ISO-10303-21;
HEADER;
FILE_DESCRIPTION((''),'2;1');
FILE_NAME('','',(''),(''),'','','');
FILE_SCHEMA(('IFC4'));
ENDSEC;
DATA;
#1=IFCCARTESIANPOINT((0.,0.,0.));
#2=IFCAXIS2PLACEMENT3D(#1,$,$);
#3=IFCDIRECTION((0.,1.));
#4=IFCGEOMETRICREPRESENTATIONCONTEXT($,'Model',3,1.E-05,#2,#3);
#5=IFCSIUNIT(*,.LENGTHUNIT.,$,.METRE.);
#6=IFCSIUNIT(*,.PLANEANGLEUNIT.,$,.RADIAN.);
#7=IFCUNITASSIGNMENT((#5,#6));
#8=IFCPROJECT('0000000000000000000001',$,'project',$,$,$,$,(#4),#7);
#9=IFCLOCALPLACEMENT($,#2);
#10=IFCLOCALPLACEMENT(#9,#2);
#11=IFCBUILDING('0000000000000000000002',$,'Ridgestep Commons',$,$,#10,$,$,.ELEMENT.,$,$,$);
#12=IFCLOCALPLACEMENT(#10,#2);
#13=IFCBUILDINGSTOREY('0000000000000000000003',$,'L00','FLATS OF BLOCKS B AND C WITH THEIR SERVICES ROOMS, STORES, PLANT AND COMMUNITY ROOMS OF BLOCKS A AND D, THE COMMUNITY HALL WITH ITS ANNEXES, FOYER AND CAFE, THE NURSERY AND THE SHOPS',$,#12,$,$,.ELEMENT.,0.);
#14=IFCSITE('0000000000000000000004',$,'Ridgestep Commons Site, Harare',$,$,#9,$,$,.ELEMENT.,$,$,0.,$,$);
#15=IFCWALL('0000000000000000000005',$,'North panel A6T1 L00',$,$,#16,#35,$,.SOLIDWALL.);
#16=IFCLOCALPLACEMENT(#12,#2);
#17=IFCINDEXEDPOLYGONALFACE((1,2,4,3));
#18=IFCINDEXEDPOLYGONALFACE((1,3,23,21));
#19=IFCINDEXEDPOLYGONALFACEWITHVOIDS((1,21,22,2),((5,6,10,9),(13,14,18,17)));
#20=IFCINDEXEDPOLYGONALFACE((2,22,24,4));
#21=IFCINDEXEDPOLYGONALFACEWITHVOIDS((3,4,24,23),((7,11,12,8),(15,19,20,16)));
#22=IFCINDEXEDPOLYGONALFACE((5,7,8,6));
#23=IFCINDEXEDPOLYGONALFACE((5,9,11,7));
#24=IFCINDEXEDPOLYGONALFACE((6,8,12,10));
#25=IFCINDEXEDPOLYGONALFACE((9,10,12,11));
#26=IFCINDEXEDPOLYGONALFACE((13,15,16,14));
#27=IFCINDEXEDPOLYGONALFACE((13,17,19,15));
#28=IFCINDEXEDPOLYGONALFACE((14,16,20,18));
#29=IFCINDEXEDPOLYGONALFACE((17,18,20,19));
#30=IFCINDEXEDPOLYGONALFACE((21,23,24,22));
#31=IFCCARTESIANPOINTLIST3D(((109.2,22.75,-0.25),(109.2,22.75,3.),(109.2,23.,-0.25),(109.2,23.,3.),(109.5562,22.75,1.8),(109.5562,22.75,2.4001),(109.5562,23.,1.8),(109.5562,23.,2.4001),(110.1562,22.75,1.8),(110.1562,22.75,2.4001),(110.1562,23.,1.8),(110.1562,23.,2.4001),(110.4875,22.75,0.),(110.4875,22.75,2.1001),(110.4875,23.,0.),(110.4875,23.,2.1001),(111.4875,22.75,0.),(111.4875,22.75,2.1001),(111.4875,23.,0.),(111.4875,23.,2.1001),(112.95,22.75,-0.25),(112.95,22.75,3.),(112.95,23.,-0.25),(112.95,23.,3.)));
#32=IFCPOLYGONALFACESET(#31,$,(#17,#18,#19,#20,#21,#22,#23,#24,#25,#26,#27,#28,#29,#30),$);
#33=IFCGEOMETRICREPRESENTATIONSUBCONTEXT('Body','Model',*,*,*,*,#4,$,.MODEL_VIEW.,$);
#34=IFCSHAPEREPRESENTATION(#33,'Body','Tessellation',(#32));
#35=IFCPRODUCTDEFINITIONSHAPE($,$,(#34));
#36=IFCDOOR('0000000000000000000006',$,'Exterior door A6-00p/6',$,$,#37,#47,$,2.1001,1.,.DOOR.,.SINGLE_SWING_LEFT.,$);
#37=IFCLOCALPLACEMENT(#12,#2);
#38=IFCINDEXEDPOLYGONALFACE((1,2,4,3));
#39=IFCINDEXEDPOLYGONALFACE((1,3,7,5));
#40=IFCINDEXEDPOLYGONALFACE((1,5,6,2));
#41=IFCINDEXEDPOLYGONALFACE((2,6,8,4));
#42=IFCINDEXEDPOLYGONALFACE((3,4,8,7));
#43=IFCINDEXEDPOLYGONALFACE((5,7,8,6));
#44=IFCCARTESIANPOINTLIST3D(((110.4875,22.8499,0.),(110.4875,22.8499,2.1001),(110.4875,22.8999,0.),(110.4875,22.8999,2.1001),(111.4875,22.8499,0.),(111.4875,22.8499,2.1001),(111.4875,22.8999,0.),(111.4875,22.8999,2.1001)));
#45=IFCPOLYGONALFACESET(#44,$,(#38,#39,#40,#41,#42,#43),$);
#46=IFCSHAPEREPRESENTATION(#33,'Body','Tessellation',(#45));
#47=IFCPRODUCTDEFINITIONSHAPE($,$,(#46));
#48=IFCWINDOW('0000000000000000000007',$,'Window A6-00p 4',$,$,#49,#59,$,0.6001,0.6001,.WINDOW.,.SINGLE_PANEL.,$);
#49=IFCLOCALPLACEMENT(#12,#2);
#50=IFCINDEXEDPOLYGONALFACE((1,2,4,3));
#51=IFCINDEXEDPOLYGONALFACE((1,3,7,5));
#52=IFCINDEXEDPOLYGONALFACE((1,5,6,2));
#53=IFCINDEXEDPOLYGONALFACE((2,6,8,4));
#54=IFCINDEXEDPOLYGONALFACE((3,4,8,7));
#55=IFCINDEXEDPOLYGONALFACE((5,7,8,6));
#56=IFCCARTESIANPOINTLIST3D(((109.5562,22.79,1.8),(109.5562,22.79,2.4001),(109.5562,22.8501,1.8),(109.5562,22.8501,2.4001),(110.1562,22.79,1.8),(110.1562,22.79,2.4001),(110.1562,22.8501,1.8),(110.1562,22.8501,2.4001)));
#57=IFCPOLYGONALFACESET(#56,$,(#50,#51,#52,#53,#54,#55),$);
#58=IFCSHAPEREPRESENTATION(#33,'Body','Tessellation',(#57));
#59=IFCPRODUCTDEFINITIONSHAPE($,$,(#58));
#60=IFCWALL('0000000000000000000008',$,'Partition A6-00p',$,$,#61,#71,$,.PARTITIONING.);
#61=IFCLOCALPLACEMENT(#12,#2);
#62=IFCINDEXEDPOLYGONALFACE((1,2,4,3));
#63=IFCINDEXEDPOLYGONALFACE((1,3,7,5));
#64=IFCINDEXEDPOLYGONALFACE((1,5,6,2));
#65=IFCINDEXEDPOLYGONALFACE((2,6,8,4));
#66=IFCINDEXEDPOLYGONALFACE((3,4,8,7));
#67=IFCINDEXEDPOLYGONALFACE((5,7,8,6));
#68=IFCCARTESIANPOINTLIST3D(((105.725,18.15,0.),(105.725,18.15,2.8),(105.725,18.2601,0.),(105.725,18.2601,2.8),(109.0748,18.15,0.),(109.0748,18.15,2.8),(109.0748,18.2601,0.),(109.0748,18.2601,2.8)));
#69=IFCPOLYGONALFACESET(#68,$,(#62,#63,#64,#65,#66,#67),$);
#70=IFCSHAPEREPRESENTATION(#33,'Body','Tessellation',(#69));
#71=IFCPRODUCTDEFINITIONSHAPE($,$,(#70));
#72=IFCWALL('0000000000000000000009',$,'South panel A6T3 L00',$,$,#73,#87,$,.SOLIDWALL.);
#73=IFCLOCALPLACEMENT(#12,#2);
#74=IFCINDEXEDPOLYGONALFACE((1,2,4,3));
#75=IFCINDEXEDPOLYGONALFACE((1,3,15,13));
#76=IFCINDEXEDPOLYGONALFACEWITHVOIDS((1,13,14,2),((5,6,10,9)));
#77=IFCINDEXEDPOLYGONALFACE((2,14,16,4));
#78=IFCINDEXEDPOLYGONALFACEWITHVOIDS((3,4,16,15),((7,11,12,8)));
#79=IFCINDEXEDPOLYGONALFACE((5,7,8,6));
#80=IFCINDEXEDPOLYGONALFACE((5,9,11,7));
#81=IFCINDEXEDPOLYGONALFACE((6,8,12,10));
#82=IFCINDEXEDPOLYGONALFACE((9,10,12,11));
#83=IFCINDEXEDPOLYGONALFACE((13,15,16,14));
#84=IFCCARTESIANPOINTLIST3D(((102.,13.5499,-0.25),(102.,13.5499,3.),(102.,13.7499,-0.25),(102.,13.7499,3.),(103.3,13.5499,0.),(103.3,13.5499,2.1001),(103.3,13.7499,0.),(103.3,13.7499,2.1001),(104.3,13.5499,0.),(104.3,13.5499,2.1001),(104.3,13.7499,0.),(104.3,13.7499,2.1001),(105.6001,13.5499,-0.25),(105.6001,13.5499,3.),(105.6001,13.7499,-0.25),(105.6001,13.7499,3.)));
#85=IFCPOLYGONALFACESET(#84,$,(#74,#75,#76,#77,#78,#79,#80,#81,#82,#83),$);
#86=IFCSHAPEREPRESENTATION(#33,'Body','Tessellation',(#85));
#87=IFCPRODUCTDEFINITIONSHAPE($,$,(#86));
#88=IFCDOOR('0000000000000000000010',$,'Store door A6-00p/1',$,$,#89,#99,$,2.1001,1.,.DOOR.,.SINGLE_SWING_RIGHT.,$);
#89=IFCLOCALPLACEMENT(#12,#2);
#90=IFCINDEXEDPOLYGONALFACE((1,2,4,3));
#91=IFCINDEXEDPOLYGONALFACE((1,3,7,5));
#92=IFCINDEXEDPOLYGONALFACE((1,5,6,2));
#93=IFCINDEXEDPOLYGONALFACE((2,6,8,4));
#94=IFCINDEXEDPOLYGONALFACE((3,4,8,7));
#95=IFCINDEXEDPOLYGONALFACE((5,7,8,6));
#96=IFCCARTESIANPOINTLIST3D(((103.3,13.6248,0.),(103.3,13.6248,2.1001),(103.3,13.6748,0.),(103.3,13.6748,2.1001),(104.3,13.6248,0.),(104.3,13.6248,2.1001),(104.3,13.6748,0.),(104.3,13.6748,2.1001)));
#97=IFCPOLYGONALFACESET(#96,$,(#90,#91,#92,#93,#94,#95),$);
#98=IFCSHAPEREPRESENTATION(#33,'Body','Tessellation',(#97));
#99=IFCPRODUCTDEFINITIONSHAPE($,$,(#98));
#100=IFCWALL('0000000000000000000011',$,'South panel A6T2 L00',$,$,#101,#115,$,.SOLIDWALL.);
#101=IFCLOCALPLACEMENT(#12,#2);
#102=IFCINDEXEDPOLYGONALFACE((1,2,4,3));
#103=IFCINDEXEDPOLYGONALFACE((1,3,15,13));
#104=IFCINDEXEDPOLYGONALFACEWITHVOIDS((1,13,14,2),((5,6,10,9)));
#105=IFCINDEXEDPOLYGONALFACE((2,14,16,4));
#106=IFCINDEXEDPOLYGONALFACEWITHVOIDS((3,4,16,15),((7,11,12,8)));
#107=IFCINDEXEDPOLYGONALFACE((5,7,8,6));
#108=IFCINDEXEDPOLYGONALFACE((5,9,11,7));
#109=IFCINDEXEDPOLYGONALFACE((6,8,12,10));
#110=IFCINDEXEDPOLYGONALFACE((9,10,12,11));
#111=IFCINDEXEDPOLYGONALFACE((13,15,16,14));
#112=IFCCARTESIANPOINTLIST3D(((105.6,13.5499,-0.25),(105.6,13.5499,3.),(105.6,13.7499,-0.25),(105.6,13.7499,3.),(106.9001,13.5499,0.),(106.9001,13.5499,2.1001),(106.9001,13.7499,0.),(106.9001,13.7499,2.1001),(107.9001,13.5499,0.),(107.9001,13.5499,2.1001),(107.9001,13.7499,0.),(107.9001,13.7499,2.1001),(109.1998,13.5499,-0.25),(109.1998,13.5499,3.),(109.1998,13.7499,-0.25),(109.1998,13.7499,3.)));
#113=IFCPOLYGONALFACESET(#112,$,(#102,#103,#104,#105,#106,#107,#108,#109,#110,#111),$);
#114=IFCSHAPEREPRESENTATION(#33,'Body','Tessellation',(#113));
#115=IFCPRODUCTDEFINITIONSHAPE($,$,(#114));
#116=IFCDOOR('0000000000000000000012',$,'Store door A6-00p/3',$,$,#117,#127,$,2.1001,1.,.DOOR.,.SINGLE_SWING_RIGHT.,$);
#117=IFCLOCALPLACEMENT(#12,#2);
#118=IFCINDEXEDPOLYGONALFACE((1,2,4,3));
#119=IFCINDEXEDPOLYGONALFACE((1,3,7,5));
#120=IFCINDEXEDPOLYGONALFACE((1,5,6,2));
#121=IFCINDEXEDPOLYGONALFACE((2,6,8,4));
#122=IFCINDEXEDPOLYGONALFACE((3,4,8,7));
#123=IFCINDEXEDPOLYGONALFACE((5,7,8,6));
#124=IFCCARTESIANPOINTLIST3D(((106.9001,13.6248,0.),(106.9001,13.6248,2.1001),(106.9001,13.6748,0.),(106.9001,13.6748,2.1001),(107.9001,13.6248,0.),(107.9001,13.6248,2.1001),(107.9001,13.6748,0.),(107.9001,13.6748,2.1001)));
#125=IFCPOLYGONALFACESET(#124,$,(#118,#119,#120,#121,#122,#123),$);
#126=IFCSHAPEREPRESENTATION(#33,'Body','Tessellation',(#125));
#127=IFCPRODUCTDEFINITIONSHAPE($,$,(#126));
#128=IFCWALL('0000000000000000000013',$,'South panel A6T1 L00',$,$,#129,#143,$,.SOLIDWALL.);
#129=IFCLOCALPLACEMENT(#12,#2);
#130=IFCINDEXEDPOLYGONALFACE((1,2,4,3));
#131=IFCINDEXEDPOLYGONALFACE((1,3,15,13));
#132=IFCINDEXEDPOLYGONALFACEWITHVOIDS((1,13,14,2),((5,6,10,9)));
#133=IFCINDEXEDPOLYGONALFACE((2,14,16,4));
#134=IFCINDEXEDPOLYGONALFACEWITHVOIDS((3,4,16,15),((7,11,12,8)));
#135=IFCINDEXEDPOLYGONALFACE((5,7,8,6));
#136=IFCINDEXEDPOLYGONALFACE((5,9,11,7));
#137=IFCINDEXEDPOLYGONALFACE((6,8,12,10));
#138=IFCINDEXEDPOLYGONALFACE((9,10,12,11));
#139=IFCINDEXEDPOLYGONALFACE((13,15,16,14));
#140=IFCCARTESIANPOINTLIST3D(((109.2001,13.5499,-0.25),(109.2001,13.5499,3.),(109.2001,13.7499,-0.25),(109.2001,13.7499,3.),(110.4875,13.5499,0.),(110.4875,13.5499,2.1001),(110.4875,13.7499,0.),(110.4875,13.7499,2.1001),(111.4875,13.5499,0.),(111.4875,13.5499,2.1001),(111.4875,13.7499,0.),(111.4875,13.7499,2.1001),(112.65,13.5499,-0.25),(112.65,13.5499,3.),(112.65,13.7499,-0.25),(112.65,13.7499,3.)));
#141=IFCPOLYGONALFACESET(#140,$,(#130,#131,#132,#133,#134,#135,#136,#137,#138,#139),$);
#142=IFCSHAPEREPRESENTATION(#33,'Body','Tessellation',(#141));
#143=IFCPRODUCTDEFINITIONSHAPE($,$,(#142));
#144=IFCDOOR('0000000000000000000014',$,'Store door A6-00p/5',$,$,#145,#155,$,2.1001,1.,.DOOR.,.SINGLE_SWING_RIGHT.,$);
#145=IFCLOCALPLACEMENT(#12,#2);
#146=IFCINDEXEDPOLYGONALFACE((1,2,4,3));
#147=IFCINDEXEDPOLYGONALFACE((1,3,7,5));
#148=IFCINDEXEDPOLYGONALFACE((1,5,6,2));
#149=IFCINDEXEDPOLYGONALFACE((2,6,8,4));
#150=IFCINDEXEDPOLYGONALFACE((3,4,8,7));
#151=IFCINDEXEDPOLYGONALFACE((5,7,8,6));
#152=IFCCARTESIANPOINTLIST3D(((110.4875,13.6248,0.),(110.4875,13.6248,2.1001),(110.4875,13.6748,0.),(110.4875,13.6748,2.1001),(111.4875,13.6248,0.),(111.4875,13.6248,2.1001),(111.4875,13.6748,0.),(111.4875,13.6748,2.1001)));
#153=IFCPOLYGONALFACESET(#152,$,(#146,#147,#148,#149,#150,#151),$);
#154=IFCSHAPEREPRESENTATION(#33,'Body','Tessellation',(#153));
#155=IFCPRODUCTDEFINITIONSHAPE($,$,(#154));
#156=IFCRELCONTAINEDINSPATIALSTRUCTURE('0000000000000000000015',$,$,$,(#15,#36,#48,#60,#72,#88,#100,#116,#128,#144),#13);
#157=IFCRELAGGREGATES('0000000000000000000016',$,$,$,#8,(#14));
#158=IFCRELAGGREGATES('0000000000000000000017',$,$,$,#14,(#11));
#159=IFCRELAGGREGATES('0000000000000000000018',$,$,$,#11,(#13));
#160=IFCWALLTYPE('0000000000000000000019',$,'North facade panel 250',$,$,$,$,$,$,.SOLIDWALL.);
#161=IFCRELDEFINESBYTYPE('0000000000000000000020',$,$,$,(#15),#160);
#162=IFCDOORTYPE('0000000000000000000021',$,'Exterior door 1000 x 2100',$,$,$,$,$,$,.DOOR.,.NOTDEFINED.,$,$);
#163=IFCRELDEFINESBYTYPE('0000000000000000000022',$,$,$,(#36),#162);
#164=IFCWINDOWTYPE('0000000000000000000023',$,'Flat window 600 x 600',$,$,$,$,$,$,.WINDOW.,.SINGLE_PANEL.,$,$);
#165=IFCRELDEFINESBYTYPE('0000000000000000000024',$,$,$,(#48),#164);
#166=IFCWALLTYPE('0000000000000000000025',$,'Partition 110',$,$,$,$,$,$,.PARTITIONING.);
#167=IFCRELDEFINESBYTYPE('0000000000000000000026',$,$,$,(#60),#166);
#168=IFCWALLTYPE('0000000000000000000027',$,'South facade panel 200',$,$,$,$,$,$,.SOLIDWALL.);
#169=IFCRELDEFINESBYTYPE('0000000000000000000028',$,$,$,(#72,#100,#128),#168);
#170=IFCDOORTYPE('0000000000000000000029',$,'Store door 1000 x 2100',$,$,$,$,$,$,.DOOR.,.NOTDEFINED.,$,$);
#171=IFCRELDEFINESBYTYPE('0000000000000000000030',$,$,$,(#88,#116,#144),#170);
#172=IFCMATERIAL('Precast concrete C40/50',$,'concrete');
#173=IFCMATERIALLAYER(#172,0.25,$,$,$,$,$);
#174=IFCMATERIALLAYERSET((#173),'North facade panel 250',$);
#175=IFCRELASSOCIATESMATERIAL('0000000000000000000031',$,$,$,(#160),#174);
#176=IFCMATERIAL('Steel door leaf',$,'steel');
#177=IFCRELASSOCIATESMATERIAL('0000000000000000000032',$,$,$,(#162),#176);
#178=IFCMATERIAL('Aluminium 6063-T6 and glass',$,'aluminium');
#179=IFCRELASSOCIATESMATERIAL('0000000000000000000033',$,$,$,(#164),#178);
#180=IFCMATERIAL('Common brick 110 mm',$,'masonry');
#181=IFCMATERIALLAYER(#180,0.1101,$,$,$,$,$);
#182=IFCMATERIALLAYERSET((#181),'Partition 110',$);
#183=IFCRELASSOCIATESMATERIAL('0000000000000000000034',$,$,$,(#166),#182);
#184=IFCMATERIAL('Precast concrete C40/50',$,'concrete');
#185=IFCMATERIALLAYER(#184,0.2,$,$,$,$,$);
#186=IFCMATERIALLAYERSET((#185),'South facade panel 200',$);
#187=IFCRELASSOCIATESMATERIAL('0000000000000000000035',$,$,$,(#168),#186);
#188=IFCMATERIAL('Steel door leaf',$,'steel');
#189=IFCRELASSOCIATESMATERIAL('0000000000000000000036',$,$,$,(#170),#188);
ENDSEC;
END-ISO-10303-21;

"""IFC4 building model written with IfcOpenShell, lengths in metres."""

from ifc_helpers import new_model, si_unit, direction, frame, frame_2d, origin, place, context, subcontext, project, spatial, rectangle, extrude, material, layer, layer_set, type_object, element, fill, save


model = new_model("IFC4")

# Units and contexts
model_context = context("Model", 3, precision=1e-05, world=origin(), true_north=direction((0.0, 1.0)))
body_context = subcontext(model_context, "Body", "Model", "MODEL_VIEW")
ifc_project = project(units=[si_unit("LENGTHUNIT", "METRE"), si_unit("PLANEANGLEUNIT", "RADIAN")], contexts=[model_context])

# Site, building, storey
site_placement = place(None, origin())
site = spatial("IfcSite", under=ifc_project, at=site_placement, Name="Ridgestep Commons Site, Harare", CompositionType="ELEMENT", RefElevation=0.0)
building_placement = place(site_placement, origin())
building = spatial("IfcBuilding", under=site, at=building_placement, Name="Ridgestep Commons", CompositionType="ELEMENT")
storey_placement = place(building_placement, origin())
storey = spatial("IfcBuildingStorey", under=building, at=storey_placement, Name="L00", Description="FLATS OF BLOCKS B AND C WITH THEIR SERVICES ROOMS, STORES, PLANT AND COMMUNITY ROOMS OF BLOCKS A AND D, THE COMMUNITY HALL WITH ITS ANNEXES, FOYER AND CAFE, THE NURSERY AND THE SHOPS", CompositionType="ELEMENT", Elevation=0.0)

# Shared definitions
ifc_material_1 = material(Name="Precast concrete C40/50", Category="concrete")
ifc_layer_1 = layer(ifc_material_1, 0.25)
ifc_layer_set_1 = layer_set([ifc_layer_1], Name="North facade panel 250")
wall_type_1 = type_object("IfcWallType", Name="North facade panel 250", PredefinedType="SOLIDWALL", material=ifc_layer_set_1)
ifc_material_2 = material(Name="Steel door leaf", Category="steel")
door_type_1 = type_object("IfcDoorType", Name="Exterior door 1000 x 2100", OperationType="NOTDEFINED", PredefinedType="DOOR", material=ifc_material_2)
ifc_material_3 = material(Name="Aluminium 6063-T6 and glass", Category="aluminium")
window_type = type_object("IfcWindowType", Name="Flat window 600 x 600", PartitioningType="SINGLE_PANEL", PredefinedType="WINDOW", material=ifc_material_3)

# Wall, openings, door, window
wall_1_placement = place(storey_placement, frame((109.2, 22.875, -0.25), z_axis=(0.0, 0.0, 1.0), x_axis=(1.0, 0.0, 0.0)))
wall_1 = element("IfcWall", 1, at=wall_1_placement, inside=storey, type_object=wall_type_1, Name="North panel A6T1 L00", PredefinedType="SOLIDWALL", context=body_context, shape_type="SweptSolid", body=[
    extrude(rectangle(XDim=3.75, YDim=0.25, at=frame_2d((1.875, 0.0))), origin(), (0.0, 0.0, 1.0), 3.25),
])
opening_1_placement = place(wall_1_placement, frame((0.3562, 0.0, 2.05)))
opening_1 = element("IfcOpeningElement", 2, at=opening_1_placement, cuts=wall_1, PredefinedType="OPENING", context=body_context, shape_type="SweptSolid", body=[
    extrude(rectangle(XDim=0.6001, YDim=0.6001, at=frame_2d((0.3, 0.3))), frame((0.0, 0.135, 0.0), z_axis=(0.0, -1.0, 0.0), x_axis=(1.0, 0.0, 0.0)), (0.0, 0.0, 1.0), 0.27),
])
opening_2_placement = place(wall_1_placement, frame((1.2876, 0.0, 0.25)))
opening_2 = element("IfcOpeningElement", 3, at=opening_2_placement, cuts=wall_1, PredefinedType="OPENING", context=body_context, shape_type="SweptSolid", body=[
    extrude(rectangle(XDim=1.0, YDim=2.1001, at=frame_2d((0.5, 1.05))), frame((0.0, 0.135, 0.0), z_axis=(0.0, -1.0, 0.0), x_axis=(1.0, 0.0, 0.0)), (0.0, 0.0, 1.0), 0.27),
])
door_1_placement = place(opening_2_placement, origin())
door_1 = element("IfcDoor", 4, at=door_1_placement, inside=storey, type_object=door_type_1, Name="Exterior door A6-00p/6", OperationType="SINGLE_SWING_LEFT", OverallHeight=2.1001, OverallWidth=1.0, PredefinedType="DOOR", context=body_context, shape_type="SweptSolid", body=[
    extrude(rectangle(XDim=1.0, YDim=2.1001, at=frame_2d((0.5, 1.05))), frame((0.0, 0.0249, 0.0), z_axis=(0.0, -1.0, 0.0), x_axis=(1.0, 0.0, 0.0)), (0.0, 0.0, 1.0), 0.05),
])
fill(opening_2, door_1)
window_1_placement = place(opening_1_placement, origin())
window_1 = element("IfcWindow", 5, at=window_1_placement, inside=storey, type_object=window_type, Name="Window A6-00p 4", OverallHeight=0.6001, OverallWidth=0.6001, PartitioningType="SINGLE_PANEL", PredefinedType="WINDOW", context=body_context, shape_type="SweptSolid", body=[
    extrude(rectangle(XDim=0.6001, YDim=0.6001, at=frame_2d((0.3, 0.3))), frame((0.0, -0.0249, 0.0), z_axis=(0.0, -1.0, 0.0), x_axis=(1.0, 0.0, 0.0)), (0.0, 0.0, 1.0), 0.0601),
])
fill(opening_1, window_1)

# Wall
ifc_material_4 = material(Name="Common brick 110 mm", Category="masonry")
ifc_layer_2 = layer(ifc_material_4, 0.1101)
ifc_layer_set_2 = layer_set([ifc_layer_2], Name="Partition 110")
wall_type_2 = type_object("IfcWallType", Name="Partition 110", PredefinedType="PARTITIONING", material=ifc_layer_set_2)
wall_2_placement = place(storey_placement, frame((105.7251, 18.2051, 0.0), z_axis=(0.0, 0.0, 1.0), x_axis=(1.0, 0.0, 0.0)))
element("IfcWall", 6, at=wall_2_placement, inside=storey, type_object=wall_type_2, Name="Partition A6-00p", PredefinedType="PARTITIONING", context=body_context, shape_type="SweptSolid", body=[
    extrude(rectangle(XDim=3.3499, YDim=0.1101, at=frame_2d((1.6748, 0.0))), origin(), (0.0, 0.0, 1.0), 2.8),
])

# Walls, openings, doors
ifc_material_5 = material(Name="Precast concrete C40/50", Category="concrete")
ifc_layer_3 = layer(ifc_material_5, 0.2)
ifc_layer_set_3 = layer_set([ifc_layer_3], Name="South facade panel 200")
wall_type_3 = type_object("IfcWallType", Name="South facade panel 200", PredefinedType="SOLIDWALL", material=ifc_layer_set_3)
wall_3_placement = place(storey_placement, frame((102.0, 13.6499, -0.25), z_axis=(0.0, 0.0, 1.0), x_axis=(1.0, 0.0, 0.0)))
wall_3 = element("IfcWall", 7, at=wall_3_placement, inside=storey, type_object=wall_type_3, Name="South panel A6T3 L00", PredefinedType="SOLIDWALL", context=body_context, shape_type="SweptSolid", body=[
    extrude(rectangle(XDim=3.6001, YDim=0.2, at=frame_2d((1.8, 0.0))), origin(), (0.0, 0.0, 1.0), 3.25),
])
opening_3_placement = place(wall_3_placement, frame((1.3, 0.0, 0.25)))
opening_3 = element("IfcOpeningElement", 8, at=opening_3_placement, cuts=wall_3, PredefinedType="OPENING", context=body_context, shape_type="SweptSolid", body=[
    extrude(rectangle(XDim=1.0, YDim=2.1001, at=frame_2d((0.5, 1.05))), frame((0.0, 0.1099, 0.0), z_axis=(0.0, -1.0, 0.0), x_axis=(1.0, 0.0, 0.0)), (0.0, 0.0, 1.0), 0.22),
])
ifc_material_6 = material(Name="Steel door leaf", Category="steel")
door_type_2 = type_object("IfcDoorType", Name="Store door 1000 x 2100", OperationType="NOTDEFINED", PredefinedType="DOOR", material=ifc_material_6)
door_2_placement = place(opening_3_placement, origin())
door_2 = element("IfcDoor", 9, at=door_2_placement, inside=storey, type_object=door_type_2, Name="Store door A6-00p/1", OperationType="SINGLE_SWING_RIGHT", OverallHeight=2.1001, OverallWidth=1.0, PredefinedType="DOOR", context=body_context, shape_type="SweptSolid", body=[
    extrude(rectangle(XDim=1.0, YDim=2.1001, at=frame_2d((0.5, 1.05))), frame((0.0, 0.0249, 0.0), z_axis=(0.0, -1.0, 0.0), x_axis=(1.0, 0.0, 0.0)), (0.0, 0.0, 1.0), 0.05),
])
fill(opening_3, door_2)
wall_4_placement = place(storey_placement, frame((105.6001, 13.6499, -0.25), z_axis=(0.0, 0.0, 1.0), x_axis=(1.0, 0.0, 0.0)))
wall_4 = element("IfcWall", 10, at=wall_4_placement, inside=storey, type_object=wall_type_3, Name="South panel A6T2 L00", PredefinedType="SOLIDWALL", context=body_context, shape_type="SweptSolid", body=[
    extrude(rectangle(XDim=3.5999, YDim=0.2, at=frame_2d((1.7998, 0.0))), origin(), (0.0, 0.0, 1.0), 3.25),
])
opening_4_placement = place(wall_4_placement, frame((1.3, 0.0, 0.25)))
opening_4 = element("IfcOpeningElement", 11, at=opening_4_placement, cuts=wall_4, PredefinedType="OPENING", context=body_context, shape_type="SweptSolid", body=[
    extrude(rectangle(XDim=1.0, YDim=2.1001, at=frame_2d((0.5, 1.05))), frame((0.0, 0.1099, 0.0), z_axis=(0.0, -1.0, 0.0), x_axis=(1.0, 0.0, 0.0)), (0.0, 0.0, 1.0), 0.22),
])
door_3_placement = place(opening_4_placement, origin())
door_3 = element("IfcDoor", 12, at=door_3_placement, inside=storey, type_object=door_type_2, Name="Store door A6-00p/3", OperationType="SINGLE_SWING_RIGHT", OverallHeight=2.1001, OverallWidth=1.0, PredefinedType="DOOR", context=body_context, shape_type="SweptSolid", body=[
    extrude(rectangle(XDim=1.0, YDim=2.1001, at=frame_2d((0.5, 1.05))), frame((0.0, 0.0249, 0.0), z_axis=(0.0, -1.0, 0.0), x_axis=(1.0, 0.0, 0.0)), (0.0, 0.0, 1.0), 0.05),
])
fill(opening_4, door_3)
wall_5_placement = place(storey_placement, frame((109.2, 13.6499, -0.25), z_axis=(0.0, 0.0, 1.0), x_axis=(1.0, 0.0, 0.0)))
wall_5 = element("IfcWall", 13, at=wall_5_placement, inside=storey, type_object=wall_type_3, Name="South panel A6T1 L00", PredefinedType="SOLIDWALL", context=body_context, shape_type="SweptSolid", body=[
    extrude(rectangle(XDim=3.45, YDim=0.2, at=frame_2d((1.7251, 0.0))), origin(), (0.0, 0.0, 1.0), 3.25),
])
opening_5_placement = place(wall_5_placement, frame((1.2876, 0.0, 0.25)))
opening_5 = element("IfcOpeningElement", 14, at=opening_5_placement, cuts=wall_5, PredefinedType="OPENING", context=body_context, shape_type="SweptSolid", body=[
    extrude(rectangle(XDim=1.0, YDim=2.1001, at=frame_2d((0.5, 1.05))), frame((0.0, 0.1099, 0.0), z_axis=(0.0, -1.0, 0.0), x_axis=(1.0, 0.0, 0.0)), (0.0, 0.0, 1.0), 0.22),
])
door_4_placement = place(opening_5_placement, origin())
door_4 = element("IfcDoor", 15, at=door_4_placement, inside=storey, type_object=door_type_2, Name="Store door A6-00p/5", OperationType="SINGLE_SWING_RIGHT", OverallHeight=2.1001, OverallWidth=1.0, PredefinedType="DOOR", context=body_context, shape_type="SweptSolid", body=[
    extrude(rectangle(XDim=1.0, YDim=2.1001, at=frame_2d((0.5, 1.05))), frame((0.0, 0.0249, 0.0), z_axis=(0.0, -1.0, 0.0), x_axis=(1.0, 0.0, 0.0)), (0.0, 0.0, 1.0), 0.05),
])
fill(opening_5, door_4)

save(model, "model.ifc")
